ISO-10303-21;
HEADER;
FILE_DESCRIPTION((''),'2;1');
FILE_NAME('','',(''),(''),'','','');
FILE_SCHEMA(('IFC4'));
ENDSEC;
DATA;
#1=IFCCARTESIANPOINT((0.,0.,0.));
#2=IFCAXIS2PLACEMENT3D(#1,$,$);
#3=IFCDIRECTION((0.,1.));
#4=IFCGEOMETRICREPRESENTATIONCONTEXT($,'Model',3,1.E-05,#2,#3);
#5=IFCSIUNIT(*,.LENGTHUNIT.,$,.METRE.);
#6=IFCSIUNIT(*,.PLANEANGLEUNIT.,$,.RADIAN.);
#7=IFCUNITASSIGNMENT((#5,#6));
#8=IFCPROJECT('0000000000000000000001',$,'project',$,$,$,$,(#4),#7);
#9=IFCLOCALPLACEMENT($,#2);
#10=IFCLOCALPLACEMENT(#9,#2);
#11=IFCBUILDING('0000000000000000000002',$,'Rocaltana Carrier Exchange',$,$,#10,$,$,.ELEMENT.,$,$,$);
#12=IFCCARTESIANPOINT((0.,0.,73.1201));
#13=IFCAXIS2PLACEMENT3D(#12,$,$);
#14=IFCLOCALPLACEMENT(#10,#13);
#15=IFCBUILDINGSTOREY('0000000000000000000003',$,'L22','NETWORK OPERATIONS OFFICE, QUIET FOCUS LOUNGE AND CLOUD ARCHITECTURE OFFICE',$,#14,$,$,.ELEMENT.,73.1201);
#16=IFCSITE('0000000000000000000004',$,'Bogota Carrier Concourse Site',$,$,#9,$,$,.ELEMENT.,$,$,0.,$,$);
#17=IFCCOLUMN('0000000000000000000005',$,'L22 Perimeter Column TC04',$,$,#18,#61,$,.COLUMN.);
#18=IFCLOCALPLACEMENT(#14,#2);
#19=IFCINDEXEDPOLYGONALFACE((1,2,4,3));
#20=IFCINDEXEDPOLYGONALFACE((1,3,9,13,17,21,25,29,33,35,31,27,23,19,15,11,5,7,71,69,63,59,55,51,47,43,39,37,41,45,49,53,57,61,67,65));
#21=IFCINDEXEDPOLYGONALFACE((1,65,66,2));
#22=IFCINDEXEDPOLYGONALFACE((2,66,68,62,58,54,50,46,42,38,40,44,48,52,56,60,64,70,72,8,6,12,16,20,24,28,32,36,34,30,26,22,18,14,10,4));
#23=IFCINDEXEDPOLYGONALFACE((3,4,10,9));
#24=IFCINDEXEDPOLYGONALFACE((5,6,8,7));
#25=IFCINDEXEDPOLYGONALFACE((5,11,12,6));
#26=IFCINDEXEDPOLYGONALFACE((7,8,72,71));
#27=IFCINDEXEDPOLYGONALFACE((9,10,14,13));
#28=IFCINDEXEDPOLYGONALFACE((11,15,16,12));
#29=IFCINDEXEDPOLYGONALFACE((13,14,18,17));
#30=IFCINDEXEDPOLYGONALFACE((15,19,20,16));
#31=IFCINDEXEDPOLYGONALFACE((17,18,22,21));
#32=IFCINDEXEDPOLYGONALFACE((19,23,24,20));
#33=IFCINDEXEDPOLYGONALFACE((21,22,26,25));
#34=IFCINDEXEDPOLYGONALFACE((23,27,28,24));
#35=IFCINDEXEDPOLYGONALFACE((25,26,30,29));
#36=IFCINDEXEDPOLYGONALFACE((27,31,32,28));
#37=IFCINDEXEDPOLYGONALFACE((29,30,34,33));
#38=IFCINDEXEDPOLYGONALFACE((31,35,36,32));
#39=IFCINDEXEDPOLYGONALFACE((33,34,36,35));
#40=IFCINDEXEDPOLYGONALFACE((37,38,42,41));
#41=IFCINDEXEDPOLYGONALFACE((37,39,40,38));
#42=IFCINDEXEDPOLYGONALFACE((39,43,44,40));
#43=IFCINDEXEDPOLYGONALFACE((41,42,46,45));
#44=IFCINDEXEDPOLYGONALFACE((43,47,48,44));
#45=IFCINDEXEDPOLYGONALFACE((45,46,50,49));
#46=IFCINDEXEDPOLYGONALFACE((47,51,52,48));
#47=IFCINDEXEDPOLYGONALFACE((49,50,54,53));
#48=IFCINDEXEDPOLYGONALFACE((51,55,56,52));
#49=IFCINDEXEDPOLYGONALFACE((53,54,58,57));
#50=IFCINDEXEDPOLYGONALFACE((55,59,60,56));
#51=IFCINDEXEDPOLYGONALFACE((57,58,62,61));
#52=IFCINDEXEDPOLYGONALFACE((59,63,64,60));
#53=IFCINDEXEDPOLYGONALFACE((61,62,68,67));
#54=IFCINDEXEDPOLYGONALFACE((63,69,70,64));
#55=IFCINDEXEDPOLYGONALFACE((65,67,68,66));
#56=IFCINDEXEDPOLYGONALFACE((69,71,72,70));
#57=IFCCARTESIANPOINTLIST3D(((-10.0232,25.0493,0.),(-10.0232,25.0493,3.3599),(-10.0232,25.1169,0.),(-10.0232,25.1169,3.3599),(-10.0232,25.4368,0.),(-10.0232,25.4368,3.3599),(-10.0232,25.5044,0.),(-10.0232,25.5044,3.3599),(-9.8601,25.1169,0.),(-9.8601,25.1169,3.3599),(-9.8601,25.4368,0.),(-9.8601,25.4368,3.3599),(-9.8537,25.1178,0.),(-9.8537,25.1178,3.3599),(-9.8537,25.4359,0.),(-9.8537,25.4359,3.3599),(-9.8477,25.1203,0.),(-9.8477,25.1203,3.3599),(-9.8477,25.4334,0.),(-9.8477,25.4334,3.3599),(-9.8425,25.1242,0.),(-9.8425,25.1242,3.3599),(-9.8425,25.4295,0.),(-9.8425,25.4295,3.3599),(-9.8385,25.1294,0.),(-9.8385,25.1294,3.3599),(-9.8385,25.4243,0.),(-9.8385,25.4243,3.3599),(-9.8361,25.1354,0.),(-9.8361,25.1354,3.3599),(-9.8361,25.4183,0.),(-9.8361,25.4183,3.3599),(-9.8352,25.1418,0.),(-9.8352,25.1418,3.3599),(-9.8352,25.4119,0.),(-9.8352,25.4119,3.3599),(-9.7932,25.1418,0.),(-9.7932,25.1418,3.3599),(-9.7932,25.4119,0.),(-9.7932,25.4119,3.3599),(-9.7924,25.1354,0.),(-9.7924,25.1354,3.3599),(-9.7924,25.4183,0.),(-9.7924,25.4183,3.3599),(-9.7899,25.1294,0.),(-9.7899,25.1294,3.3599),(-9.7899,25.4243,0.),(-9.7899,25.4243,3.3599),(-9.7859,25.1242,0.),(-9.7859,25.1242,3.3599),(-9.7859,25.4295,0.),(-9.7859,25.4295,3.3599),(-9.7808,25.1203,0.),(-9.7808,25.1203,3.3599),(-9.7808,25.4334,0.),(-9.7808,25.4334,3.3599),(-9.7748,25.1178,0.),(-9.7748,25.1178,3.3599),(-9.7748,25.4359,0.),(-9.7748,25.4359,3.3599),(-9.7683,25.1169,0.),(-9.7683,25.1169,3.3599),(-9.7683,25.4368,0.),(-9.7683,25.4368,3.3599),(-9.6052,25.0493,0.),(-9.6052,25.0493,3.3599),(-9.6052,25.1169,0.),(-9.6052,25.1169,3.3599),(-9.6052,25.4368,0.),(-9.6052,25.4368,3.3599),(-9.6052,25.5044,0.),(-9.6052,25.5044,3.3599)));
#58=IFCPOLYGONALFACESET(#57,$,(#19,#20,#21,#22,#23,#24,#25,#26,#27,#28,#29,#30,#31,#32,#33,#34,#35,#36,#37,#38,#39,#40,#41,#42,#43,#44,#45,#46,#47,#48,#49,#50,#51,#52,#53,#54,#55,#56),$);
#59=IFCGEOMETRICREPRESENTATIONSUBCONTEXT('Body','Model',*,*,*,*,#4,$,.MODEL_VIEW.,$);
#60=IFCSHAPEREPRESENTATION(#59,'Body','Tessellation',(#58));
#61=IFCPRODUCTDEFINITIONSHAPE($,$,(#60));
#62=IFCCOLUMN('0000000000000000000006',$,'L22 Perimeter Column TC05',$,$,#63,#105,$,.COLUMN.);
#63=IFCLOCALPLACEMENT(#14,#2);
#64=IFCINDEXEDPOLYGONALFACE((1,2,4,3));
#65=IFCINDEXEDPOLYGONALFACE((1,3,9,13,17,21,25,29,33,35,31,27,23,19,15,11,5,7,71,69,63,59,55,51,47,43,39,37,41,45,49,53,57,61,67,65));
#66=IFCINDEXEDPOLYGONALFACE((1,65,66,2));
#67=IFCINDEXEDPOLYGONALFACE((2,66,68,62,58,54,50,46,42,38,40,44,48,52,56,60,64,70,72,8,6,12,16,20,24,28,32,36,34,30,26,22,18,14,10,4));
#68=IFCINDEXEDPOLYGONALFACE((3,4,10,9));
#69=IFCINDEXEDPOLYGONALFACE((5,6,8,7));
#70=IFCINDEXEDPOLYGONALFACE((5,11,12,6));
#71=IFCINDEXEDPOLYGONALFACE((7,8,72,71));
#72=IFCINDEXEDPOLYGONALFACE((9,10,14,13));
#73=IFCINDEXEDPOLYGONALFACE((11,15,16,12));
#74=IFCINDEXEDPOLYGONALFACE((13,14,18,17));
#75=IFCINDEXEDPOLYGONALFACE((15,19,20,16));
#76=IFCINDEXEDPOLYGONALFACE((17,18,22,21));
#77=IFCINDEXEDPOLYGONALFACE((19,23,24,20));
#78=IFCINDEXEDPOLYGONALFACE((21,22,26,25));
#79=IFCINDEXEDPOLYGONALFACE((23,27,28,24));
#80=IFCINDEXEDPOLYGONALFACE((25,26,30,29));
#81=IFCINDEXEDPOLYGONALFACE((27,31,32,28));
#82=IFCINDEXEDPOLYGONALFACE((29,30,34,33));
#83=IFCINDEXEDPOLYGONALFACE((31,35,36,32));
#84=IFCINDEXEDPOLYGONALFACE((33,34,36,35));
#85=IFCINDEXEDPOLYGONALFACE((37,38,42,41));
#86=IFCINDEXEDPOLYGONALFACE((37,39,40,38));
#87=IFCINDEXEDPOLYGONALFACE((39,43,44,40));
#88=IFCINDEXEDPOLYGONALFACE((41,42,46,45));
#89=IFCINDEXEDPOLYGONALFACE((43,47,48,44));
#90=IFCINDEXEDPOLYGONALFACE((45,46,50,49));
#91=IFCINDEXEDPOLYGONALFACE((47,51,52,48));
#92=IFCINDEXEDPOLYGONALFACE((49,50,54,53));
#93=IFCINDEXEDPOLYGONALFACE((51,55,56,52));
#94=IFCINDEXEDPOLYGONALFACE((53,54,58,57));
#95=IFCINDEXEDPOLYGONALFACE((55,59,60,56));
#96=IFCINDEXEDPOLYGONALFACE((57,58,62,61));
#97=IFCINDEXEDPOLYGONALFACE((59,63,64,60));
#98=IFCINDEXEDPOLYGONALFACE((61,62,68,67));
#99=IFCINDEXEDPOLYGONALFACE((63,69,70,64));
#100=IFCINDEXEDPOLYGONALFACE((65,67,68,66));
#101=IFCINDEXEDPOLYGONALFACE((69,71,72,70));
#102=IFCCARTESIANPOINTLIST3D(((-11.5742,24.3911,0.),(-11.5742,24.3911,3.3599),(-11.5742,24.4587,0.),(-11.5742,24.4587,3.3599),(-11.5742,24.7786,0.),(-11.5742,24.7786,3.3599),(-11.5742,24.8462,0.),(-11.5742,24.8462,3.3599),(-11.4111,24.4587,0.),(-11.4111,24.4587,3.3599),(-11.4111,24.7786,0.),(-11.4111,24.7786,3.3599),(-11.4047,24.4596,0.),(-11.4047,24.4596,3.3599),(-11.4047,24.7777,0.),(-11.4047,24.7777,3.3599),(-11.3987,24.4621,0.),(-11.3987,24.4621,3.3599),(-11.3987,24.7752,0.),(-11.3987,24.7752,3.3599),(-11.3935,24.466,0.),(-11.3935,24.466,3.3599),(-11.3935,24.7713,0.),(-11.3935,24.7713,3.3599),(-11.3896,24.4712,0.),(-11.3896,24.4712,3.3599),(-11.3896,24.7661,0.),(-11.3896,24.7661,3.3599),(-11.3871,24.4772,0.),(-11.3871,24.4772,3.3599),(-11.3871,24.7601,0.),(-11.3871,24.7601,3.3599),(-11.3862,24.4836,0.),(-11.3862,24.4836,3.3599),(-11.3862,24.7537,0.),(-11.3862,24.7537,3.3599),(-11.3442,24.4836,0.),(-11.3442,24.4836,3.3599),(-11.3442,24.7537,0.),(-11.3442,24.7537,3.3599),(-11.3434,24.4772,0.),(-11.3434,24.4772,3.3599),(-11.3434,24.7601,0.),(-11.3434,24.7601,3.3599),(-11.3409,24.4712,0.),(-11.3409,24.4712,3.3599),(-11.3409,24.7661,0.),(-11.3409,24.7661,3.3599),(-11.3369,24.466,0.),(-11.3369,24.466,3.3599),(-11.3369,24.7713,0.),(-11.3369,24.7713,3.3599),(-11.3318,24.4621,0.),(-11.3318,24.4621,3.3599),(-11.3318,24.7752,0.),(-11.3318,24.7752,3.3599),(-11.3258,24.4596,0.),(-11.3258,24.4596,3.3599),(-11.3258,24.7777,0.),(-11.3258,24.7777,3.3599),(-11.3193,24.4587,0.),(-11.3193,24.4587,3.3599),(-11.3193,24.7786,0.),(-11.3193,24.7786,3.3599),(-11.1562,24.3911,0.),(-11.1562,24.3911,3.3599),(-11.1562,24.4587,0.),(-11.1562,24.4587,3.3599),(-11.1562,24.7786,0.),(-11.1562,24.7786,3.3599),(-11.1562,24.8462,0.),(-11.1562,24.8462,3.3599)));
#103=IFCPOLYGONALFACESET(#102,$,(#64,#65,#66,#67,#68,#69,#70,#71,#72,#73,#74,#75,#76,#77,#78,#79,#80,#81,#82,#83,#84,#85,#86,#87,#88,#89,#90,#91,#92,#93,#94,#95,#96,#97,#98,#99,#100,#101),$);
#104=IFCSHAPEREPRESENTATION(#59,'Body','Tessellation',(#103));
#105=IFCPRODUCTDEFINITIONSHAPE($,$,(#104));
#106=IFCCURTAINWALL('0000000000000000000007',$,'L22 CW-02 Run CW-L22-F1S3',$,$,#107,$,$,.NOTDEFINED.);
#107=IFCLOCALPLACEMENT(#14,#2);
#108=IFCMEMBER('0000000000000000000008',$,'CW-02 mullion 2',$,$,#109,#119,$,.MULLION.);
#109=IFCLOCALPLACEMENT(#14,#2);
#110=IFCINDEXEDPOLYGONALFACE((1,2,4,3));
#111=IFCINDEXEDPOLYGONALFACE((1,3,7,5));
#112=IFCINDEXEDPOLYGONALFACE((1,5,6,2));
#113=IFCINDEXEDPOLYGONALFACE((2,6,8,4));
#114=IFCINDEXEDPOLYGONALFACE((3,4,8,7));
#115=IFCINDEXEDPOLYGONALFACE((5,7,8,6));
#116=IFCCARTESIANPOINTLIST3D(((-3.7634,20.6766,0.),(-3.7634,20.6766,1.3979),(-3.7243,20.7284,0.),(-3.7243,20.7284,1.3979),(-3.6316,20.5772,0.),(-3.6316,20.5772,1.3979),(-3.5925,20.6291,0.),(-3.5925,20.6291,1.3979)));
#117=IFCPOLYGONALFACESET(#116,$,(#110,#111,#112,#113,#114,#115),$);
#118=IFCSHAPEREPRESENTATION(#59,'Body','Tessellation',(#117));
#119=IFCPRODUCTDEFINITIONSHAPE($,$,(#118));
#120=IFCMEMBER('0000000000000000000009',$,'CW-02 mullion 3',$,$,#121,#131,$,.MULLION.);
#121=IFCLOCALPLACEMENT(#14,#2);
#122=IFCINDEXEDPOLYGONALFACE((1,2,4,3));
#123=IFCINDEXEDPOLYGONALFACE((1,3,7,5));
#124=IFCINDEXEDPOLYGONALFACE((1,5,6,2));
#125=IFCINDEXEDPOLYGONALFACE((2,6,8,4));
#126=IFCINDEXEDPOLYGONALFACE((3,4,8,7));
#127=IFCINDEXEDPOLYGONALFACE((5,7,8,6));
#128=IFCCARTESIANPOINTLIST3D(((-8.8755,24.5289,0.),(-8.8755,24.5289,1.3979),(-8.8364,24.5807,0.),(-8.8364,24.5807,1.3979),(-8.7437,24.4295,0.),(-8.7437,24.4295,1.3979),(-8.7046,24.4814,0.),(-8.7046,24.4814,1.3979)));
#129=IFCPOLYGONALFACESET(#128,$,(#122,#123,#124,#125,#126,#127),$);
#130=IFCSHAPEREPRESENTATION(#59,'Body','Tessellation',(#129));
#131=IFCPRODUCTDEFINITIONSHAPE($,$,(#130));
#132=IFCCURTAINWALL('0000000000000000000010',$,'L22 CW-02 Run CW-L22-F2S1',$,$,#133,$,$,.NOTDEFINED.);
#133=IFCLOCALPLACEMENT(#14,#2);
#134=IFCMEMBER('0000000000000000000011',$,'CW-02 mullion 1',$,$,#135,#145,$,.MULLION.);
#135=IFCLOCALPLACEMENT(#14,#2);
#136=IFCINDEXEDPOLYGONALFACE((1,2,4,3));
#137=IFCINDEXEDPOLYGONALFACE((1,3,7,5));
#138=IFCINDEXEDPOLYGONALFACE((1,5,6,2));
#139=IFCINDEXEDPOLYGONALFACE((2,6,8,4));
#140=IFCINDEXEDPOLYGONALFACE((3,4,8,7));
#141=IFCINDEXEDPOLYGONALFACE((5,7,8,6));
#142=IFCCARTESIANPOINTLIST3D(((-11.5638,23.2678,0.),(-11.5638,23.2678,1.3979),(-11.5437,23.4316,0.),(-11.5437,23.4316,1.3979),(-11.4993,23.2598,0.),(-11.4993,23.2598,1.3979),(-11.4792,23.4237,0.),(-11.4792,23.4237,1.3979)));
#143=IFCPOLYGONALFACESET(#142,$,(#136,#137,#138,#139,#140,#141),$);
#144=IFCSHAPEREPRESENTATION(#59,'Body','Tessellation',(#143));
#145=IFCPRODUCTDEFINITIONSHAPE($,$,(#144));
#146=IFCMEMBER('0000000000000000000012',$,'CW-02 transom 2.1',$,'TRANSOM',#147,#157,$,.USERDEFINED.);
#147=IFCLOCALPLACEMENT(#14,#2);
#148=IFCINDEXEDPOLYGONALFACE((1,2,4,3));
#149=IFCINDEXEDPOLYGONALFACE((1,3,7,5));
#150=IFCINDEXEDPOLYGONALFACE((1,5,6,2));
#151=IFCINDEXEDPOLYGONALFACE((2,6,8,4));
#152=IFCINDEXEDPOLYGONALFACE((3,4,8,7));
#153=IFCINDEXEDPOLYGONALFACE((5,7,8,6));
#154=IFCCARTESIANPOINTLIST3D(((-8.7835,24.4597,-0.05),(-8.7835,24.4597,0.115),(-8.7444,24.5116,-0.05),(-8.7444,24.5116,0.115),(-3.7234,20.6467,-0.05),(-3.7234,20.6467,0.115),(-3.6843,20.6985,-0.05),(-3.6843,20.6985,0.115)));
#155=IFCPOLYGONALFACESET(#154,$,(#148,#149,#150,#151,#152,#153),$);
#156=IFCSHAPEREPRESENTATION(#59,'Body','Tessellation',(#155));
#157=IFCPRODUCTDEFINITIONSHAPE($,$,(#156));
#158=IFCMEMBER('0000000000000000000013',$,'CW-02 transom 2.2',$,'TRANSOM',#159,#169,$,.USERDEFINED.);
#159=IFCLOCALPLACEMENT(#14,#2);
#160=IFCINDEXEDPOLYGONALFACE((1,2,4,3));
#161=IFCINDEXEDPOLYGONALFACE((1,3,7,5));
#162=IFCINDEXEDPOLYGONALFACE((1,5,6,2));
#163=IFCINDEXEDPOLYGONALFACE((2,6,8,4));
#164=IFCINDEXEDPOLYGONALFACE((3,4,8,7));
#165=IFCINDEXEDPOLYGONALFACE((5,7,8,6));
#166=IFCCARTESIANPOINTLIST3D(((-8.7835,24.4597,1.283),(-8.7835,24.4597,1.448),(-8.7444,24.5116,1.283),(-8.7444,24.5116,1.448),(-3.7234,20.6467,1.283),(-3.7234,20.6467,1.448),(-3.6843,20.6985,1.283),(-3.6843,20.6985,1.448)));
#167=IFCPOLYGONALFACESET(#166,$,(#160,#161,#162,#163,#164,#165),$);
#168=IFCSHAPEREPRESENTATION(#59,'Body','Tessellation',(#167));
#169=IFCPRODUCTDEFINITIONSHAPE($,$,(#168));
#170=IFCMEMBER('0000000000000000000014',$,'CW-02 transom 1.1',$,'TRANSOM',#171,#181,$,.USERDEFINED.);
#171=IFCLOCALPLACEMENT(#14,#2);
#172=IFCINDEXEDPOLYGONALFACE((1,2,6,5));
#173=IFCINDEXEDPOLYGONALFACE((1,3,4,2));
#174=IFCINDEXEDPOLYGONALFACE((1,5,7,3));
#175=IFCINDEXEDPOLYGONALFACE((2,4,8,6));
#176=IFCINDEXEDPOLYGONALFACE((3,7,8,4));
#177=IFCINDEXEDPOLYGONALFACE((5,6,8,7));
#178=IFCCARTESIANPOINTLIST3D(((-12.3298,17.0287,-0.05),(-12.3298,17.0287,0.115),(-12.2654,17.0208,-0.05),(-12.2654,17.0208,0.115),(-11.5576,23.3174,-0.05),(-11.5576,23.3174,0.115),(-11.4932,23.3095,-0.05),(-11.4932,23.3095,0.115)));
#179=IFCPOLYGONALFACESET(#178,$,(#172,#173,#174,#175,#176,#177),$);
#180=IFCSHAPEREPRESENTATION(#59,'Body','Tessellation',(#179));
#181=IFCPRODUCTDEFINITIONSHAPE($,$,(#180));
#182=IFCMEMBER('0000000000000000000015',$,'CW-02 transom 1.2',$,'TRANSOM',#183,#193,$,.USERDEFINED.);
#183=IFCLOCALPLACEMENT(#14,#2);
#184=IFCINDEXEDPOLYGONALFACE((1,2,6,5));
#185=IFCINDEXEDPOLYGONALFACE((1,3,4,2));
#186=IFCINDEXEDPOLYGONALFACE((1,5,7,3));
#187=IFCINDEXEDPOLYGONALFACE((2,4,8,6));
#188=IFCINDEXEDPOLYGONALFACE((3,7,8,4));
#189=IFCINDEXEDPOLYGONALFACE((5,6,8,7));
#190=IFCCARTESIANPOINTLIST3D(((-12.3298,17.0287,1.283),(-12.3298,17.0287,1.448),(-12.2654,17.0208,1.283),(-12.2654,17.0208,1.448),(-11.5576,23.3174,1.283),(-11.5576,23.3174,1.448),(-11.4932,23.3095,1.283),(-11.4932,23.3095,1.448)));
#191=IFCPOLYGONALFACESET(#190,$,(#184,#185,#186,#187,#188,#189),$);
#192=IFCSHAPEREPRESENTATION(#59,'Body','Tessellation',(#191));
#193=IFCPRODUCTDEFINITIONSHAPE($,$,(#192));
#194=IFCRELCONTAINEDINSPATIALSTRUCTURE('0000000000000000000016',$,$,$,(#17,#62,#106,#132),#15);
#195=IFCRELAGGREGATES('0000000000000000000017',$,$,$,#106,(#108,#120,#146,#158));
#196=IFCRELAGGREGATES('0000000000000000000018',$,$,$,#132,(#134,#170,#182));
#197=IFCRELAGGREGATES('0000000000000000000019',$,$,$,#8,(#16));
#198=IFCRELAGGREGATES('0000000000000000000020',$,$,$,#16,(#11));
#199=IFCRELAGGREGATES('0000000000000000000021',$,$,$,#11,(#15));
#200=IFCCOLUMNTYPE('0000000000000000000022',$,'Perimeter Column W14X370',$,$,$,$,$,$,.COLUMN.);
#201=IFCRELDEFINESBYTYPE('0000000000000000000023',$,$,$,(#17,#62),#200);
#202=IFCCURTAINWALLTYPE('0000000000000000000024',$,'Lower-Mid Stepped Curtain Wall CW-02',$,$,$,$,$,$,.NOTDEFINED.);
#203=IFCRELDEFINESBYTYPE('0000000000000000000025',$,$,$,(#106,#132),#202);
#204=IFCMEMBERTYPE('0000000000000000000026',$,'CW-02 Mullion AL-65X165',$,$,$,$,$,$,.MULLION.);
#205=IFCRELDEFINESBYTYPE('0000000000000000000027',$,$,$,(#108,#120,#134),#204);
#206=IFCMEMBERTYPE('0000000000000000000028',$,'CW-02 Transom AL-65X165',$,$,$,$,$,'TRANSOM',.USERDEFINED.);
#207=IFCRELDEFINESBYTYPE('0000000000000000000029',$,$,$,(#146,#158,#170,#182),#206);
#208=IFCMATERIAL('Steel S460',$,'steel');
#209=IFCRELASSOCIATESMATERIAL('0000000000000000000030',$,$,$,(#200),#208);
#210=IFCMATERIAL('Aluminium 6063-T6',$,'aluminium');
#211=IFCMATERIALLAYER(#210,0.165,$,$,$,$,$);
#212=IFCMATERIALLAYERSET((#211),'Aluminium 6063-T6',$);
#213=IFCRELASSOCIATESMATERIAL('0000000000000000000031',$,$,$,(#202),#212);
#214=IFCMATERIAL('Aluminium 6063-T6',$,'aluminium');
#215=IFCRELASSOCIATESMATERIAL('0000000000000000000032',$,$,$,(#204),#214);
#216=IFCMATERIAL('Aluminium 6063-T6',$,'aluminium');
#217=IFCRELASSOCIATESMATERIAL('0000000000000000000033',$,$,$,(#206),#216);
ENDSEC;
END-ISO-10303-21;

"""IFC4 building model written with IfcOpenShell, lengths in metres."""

from ifc_helpers import new_model, si_unit, direction, frame, origin, origin_2d, place, context, subcontext, project, spatial, rectangle, i_section, extrude, material, layer, layer_set, material_profile, profile_set, type_object, element, aggregate, save


model = new_model("IFC4")

# Units and contexts
model_context = context("Model", 3, precision=1e-05, world=origin(), true_north=direction((0.0, 1.0)))
body_context = subcontext(model_context, "Body", "Model", "MODEL_VIEW")
ifc_project = project(units=[si_unit("LENGTHUNIT", "METRE"), si_unit("PLANEANGLEUNIT", "RADIAN")], contexts=[model_context])

# Site, building, storey
site_placement = place(None, origin())
site = spatial("IfcSite", under=ifc_project, at=site_placement, Name="Bogota Carrier Concourse Site", CompositionType="ELEMENT", RefElevation=0.0)
building_placement = place(site_placement, origin())
building = spatial("IfcBuilding", under=site, at=building_placement, Name="Rocaltana Carrier Exchange", CompositionType="ELEMENT")
storey_placement = place(building_placement, frame((0.0, 0.0, 73.1201)))
storey = spatial("IfcBuildingStorey", under=building, at=storey_placement, Name="L22", Description="NETWORK OPERATIONS OFFICE, QUIET FOCUS LOUNGE AND CLOUD ARCHITECTURE OFFICE", CompositionType="ELEMENT", Elevation=73.1201)

# Columns
ifc_material_1 = material(Name="Steel S460", Category="steel")
ifc_material_profile_1 = material_profile(ifc_material_1, i_section(OverallWidth=0.418, OverallDepth=0.4551, WebThickness=0.042, FlangeThickness=0.0676, FilletRadius=0.0249, at=origin_2d()), Name="W14X370")
ifc_profile_set_1 = profile_set([ifc_material_profile_1], Name="Steel S460")
column_type = type_object("IfcColumnType", Name="Perimeter Column W14X370", PredefinedType="COLUMN", material=ifc_profile_set_1)
for number, where, z_axis, x_axis, name in (
    (1, (-9.8142, 25.2769, 0.0), (0.0, 0.0, 1.0), (1.0, 0.0, 0.0), "L22 Perimeter Column TC04"),
    (2, (-11.3652, 24.6187, 0.0), (0.0, 0.0, 1.0), (1.0, 0.0, 0.0), "L22 Perimeter Column TC05"),
):
    element("IfcColumn", number, at=place(storey_placement, frame(where, z_axis=z_axis, x_axis=x_axis)), inside=storey, type_object=column_type, Name=name, PredefinedType="COLUMN", context=body_context, shape_type="SweptSolid", body=[
        extrude(i_section(OverallWidth=0.418, OverallDepth=0.4551, WebThickness=0.042, FlangeThickness=0.0676, FilletRadius=0.0249, at=origin_2d()), origin(), (0.0, 0.0, 1.0), 3.3599),
    ])

# Curtain wall, members
ifc_material_2 = material(Name="Aluminium 6063-T6", Category="aluminium")
ifc_layer_1 = layer(ifc_material_2, 0.165)
ifc_layer_set_1 = layer_set([ifc_layer_1], Name="Aluminium 6063-T6")
curtain_wall_type = type_object("IfcCurtainWallType", Name="Lower-Mid Stepped Curtain Wall CW-02", PredefinedType="NOTDEFINED", material=ifc_layer_set_1)
curtain_wall_1_placement = place(storey_placement, origin())
curtain_wall_1 = element("IfcCurtainWall", 3, at=curtain_wall_1_placement, inside=storey, type_object=curtain_wall_type, Name="L22 CW-02 Run CW-L22-F1S3", PredefinedType="NOTDEFINED")
ifc_material_3 = material(Name="Aluminium 6063-T6", Category="aluminium")
ifc_material_profile_2 = material_profile(ifc_material_3, rectangle(XDim=0.0649, YDim=0.165, at=origin_2d()), Name="AL-65X165")
ifc_profile_set_2 = profile_set([ifc_material_profile_2], Name="Aluminium 6063-T6")
member_type_1 = type_object("IfcMemberType", Name="CW-02 Mullion AL-65X165", PredefinedType="MULLION", material=ifc_profile_set_2)
member_1_placement = place(storey_placement, frame((-3.678, 20.6528, 0.0), z_axis=(0.0, 0.0, 1.0), x_axis=(-0.601812, -0.798638, 0.0)))
member_1 = element("IfcMember", 4, at=member_1_placement, type_object=member_type_1, Name="CW-02 mullion 2", PredefinedType="MULLION", context=body_context, shape_type="SweptSolid", body=[
    extrude(rectangle(XDim=0.0649, YDim=0.165, at=origin_2d()), origin(), (0.0, 0.0, 1.0), 1.3979),
])
member_2_placement = place(storey_placement, frame((-8.79, 24.5051, 0.0), z_axis=(0.0, 0.0, 1.0), x_axis=(-0.601812, -0.798638, 0.0)))
member_2 = element("IfcMember", 5, at=member_2_placement, type_object=member_type_1, Name="CW-02 mullion 3", PredefinedType="MULLION", context=body_context, shape_type="SweptSolid", body=[
    extrude(rectangle(XDim=0.0649, YDim=0.165, at=origin_2d()), origin(), (0.0, 0.0, 1.0), 1.3979),
])

# Curtain wall, member
curtain_wall_2_placement = place(storey_placement, origin())
curtain_wall_2 = element("IfcCurtainWall", 6, at=curtain_wall_2_placement, inside=storey, type_object=curtain_wall_type, Name="L22 CW-02 Run CW-L22-F2S1", PredefinedType="NOTDEFINED")
member_3_placement = place(storey_placement, frame((-11.5215, 23.3457, 0.0), z_axis=(0.0, 0.0, 1.0), x_axis=(0.992546, -0.121873, 0.0)))
member_3 = element("IfcMember", 7, at=member_3_placement, type_object=member_type_1, Name="CW-02 mullion 1", PredefinedType="MULLION", context=body_context, shape_type="SweptSolid", body=[
    extrude(rectangle(XDim=0.0649, YDim=0.165, at=origin_2d()), origin(), (0.0, 0.0, 1.0), 1.3979),
])

# Members
ifc_material_4 = material(Name="Aluminium 6063-T6", Category="aluminium")
ifc_material_profile_3 = material_profile(ifc_material_4, rectangle(XDim=0.0649, YDim=0.165, at=origin_2d()), Name="AL-65X165")
ifc_profile_set_3 = profile_set([ifc_material_profile_3], Name="Aluminium 6063-T6")
member_type_2 = type_object("IfcMemberType", Name="CW-02 Transom AL-65X165", ElementType="TRANSOM", PredefinedType="USERDEFINED", material=ifc_profile_set_3)
member_4_placement = place(storey_placement, frame((-3.7039, 20.6726, 0.0325), z_axis=(-0.798638, 0.601811, 0.0), x_axis=(-0.601811, -0.798638, 0.0)))
member_4 = element("IfcMember", 8, at=member_4_placement, type_object=member_type_2, Name="CW-02 transom 2.1", ObjectType="TRANSOM", PredefinedType="USERDEFINED", context=body_context, shape_type="SweptSolid", body=[
    extrude(rectangle(XDim=0.0649, YDim=0.165, at=origin_2d()), origin(), (0.0, 0.0, 1.0), 6.3359),
])
member_5_placement = place(storey_placement, frame((-3.7039, 20.6726, 1.3655), z_axis=(-0.798638, 0.601811, 0.0), x_axis=(-0.601811, -0.798638, 0.0)))
member_5 = element("IfcMember", 9, at=member_5_placement, type_object=member_type_2, Name="CW-02 transom 2.2", ObjectType="TRANSOM", PredefinedType="USERDEFINED", context=body_context, shape_type="SweptSolid", body=[
    extrude(rectangle(XDim=0.0649, YDim=0.165, at=origin_2d()), origin(), (0.0, 0.0, 1.0), 6.3359),
])
member_6_placement = place(storey_placement, frame((-11.5254, 23.3135, 0.0325), z_axis=(-0.121877, -0.992545, 0.0), x_axis=(0.992545, -0.121877, 0.0)))
member_6 = element("IfcMember", 10, at=member_6_placement, type_object=member_type_2, Name="CW-02 transom 1.1", ObjectType="TRANSOM", PredefinedType="USERDEFINED", context=body_context, shape_type="SweptSolid", body=[
    extrude(rectangle(XDim=0.0649, YDim=0.165, at=origin_2d()), origin(), (0.0, 0.0, 1.0), 6.3359),
])
member_7_placement = place(storey_placement, frame((-11.5254, 23.3135, 1.3655), z_axis=(-0.121877, -0.992545, 0.0), x_axis=(0.992545, -0.121877, 0.0)))
member_7 = element("IfcMember", 11, at=member_7_placement, type_object=member_type_2, Name="CW-02 transom 1.2", ObjectType="TRANSOM", PredefinedType="USERDEFINED", context=body_context, shape_type="SweptSolid", body=[
    extrude(rectangle(XDim=0.0649, YDim=0.165, at=origin_2d()), origin(), (0.0, 0.0, 1.0), 6.3359),
])

aggregate(curtain_wall_1, [member_1, member_2, member_4, member_5])
aggregate(curtain_wall_2, [member_3, member_6, member_7])

save(model, "model.ifc")
